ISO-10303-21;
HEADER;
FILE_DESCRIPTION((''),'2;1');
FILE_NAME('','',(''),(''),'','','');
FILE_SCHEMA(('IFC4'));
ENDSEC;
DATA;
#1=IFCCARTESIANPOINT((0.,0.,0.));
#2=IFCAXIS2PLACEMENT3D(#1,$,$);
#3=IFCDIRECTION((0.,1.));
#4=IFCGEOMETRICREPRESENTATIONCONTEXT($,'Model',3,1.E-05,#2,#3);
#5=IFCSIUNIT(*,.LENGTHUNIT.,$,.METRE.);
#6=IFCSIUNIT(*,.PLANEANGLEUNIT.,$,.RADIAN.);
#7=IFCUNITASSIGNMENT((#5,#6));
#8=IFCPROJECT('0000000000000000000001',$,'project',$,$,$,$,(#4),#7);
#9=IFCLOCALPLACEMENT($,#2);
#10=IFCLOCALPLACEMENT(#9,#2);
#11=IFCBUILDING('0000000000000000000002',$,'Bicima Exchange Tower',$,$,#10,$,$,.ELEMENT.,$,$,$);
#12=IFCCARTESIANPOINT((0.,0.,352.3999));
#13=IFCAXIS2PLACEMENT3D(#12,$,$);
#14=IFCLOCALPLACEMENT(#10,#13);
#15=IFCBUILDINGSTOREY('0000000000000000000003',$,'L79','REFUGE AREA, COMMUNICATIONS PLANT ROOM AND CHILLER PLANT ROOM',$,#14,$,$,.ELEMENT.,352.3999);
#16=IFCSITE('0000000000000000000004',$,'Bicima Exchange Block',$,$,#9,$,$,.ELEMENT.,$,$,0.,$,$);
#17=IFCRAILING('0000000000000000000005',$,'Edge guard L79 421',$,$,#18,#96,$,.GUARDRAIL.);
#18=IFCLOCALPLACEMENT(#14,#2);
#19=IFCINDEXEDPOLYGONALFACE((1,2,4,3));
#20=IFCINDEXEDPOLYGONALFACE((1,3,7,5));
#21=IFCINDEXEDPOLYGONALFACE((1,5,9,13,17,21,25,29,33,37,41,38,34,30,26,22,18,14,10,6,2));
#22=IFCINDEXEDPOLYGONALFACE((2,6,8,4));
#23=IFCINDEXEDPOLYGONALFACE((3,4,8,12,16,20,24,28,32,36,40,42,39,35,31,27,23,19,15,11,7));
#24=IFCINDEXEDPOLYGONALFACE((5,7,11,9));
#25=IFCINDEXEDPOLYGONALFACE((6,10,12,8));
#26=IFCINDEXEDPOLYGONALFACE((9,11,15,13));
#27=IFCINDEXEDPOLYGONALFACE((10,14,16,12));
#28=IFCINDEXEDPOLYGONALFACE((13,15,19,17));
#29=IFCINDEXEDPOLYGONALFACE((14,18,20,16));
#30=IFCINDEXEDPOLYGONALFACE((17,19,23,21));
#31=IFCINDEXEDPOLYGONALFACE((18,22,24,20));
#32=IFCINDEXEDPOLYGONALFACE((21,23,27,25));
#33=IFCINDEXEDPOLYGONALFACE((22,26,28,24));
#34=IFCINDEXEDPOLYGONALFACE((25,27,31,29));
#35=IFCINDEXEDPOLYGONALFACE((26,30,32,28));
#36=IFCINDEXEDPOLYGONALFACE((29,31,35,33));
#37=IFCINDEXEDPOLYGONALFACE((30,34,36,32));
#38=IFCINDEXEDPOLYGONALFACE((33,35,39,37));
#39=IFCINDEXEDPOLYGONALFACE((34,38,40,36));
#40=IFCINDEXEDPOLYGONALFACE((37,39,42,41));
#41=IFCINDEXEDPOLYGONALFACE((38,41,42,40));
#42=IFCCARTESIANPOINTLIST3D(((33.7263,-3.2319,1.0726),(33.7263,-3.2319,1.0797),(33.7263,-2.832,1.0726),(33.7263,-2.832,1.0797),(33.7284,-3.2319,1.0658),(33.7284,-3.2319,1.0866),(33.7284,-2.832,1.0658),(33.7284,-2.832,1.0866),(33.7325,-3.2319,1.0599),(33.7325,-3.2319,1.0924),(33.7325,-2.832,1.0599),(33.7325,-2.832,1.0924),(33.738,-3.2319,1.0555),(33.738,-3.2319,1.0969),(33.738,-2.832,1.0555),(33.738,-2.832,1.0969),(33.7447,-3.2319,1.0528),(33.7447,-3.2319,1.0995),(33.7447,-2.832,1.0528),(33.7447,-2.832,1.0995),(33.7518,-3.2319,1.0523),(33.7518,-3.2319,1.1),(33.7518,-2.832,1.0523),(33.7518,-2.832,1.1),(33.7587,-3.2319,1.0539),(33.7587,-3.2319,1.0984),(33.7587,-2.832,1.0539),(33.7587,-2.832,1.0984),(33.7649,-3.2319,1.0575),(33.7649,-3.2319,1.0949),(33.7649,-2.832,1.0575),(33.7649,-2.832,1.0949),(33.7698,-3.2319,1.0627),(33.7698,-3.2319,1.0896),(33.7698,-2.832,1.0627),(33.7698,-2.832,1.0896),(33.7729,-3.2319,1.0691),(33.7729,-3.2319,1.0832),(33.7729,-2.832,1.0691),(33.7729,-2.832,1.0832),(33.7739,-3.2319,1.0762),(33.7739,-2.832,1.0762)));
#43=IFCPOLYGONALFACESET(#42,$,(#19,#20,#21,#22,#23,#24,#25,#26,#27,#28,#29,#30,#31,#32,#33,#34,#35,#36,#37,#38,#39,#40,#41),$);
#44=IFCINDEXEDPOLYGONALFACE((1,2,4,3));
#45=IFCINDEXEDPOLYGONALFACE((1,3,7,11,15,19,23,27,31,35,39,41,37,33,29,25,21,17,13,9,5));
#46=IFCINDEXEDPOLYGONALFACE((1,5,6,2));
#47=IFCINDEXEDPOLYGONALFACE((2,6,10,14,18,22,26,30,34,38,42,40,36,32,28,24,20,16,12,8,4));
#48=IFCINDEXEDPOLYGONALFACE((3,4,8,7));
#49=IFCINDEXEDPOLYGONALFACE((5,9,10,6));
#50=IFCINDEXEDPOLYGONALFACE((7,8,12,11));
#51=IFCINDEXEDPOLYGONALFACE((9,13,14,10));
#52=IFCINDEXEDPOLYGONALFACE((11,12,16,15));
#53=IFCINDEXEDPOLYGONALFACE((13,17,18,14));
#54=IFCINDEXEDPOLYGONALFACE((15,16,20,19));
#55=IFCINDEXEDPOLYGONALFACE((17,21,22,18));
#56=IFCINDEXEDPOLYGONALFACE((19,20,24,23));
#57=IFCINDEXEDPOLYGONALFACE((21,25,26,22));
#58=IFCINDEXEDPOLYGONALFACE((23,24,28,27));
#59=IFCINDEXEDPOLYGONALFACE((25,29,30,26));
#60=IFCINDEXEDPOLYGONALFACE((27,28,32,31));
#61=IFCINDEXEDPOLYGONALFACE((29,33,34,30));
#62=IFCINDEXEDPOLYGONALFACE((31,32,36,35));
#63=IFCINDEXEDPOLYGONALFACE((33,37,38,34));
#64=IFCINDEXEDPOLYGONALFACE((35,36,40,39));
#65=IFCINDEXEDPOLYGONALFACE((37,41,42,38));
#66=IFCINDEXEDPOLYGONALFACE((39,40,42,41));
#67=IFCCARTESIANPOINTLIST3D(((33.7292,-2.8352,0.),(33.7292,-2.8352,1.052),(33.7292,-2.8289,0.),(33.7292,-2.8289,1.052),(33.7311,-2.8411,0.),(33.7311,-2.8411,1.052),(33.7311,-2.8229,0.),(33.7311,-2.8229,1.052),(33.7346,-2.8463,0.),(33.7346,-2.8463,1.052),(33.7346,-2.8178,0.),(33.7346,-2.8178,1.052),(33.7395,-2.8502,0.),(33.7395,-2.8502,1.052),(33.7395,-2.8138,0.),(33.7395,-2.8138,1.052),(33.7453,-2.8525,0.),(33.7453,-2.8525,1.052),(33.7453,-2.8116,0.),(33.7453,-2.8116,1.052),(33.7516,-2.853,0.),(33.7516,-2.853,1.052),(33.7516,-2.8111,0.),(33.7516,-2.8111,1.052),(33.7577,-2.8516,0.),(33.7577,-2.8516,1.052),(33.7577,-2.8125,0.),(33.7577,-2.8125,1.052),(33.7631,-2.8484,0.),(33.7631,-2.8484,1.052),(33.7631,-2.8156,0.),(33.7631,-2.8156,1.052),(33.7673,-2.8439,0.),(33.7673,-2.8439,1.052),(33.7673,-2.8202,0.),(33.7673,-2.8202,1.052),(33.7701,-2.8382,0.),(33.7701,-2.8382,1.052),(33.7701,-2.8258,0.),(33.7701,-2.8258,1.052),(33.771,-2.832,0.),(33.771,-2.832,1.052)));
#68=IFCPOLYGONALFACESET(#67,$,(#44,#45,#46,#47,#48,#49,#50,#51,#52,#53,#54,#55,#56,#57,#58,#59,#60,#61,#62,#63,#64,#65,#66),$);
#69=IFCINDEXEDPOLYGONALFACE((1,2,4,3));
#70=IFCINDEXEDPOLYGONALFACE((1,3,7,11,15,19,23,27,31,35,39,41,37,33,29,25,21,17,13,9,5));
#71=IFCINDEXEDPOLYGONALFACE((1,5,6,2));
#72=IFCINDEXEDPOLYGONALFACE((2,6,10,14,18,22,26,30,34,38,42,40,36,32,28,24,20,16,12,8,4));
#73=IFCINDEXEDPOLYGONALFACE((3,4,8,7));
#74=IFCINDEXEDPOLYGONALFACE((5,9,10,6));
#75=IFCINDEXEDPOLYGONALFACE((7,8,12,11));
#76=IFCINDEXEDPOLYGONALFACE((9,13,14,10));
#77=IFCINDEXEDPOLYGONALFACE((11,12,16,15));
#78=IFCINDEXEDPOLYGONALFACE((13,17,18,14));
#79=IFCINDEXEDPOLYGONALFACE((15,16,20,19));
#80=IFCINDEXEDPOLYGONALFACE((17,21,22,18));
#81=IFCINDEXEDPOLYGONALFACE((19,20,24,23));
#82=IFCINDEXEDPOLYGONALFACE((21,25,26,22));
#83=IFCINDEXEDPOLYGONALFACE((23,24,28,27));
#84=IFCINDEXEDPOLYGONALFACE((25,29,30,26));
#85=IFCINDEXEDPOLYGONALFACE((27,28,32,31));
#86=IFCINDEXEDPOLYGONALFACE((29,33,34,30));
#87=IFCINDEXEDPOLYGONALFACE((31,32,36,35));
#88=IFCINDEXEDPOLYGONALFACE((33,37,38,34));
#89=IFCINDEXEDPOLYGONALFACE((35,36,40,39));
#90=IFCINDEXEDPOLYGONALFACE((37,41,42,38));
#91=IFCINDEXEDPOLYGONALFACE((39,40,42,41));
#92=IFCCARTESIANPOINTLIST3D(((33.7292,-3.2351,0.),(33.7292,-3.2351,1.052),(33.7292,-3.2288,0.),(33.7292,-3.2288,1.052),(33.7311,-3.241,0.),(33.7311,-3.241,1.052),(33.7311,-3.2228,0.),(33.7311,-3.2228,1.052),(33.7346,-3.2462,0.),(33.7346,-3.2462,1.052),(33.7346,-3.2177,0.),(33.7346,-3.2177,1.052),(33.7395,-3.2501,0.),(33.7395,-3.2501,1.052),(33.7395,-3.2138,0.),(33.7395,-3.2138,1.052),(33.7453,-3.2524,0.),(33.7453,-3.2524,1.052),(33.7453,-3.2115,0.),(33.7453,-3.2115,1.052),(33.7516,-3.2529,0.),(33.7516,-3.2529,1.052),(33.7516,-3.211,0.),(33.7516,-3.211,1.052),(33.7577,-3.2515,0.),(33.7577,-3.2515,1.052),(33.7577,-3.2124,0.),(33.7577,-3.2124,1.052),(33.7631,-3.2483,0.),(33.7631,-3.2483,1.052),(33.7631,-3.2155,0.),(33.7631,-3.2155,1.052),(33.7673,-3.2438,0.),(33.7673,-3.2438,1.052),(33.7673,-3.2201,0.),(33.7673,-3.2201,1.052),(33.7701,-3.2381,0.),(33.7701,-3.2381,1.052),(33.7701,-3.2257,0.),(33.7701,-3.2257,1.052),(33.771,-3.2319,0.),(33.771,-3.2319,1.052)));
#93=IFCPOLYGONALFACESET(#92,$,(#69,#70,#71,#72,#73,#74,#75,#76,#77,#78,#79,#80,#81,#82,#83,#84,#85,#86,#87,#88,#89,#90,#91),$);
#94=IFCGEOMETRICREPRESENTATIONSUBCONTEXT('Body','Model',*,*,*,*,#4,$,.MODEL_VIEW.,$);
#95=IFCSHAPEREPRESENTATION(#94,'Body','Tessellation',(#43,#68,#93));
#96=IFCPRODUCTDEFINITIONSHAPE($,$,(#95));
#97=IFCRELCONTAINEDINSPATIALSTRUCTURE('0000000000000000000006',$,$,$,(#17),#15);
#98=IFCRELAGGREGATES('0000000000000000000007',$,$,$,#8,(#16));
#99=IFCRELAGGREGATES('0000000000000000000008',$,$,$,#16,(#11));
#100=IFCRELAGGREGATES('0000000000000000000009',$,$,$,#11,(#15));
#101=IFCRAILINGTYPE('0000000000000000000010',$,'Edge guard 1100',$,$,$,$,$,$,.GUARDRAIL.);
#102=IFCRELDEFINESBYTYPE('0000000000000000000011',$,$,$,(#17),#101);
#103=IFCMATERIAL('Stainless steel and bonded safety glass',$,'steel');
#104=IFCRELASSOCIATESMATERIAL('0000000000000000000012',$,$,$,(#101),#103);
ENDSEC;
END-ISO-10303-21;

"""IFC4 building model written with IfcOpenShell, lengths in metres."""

from ifc_helpers import new_model, si_unit, direction, frame, origin, origin_2d, place, context, subcontext, project, spatial, circle, extrude, material, type_object, element, save


model = new_model("IFC4")

# Units and contexts
model_context = context("Model", 3, precision=1e-05, world=origin(), true_north=direction((0.0, 1.0)))
body_context = subcontext(model_context, "Body", "Model", "MODEL_VIEW")
ifc_project = project(units=[si_unit("LENGTHUNIT", "METRE"), si_unit("PLANEANGLEUNIT", "RADIAN")], contexts=[model_context])

# Site, building, storey
site_placement = place(None, origin())
site = spatial("IfcSite", under=ifc_project, at=site_placement, Name="Bicima Exchange Block", CompositionType="ELEMENT", RefElevation=0.0)
building_placement = place(site_placement, origin())
building = spatial("IfcBuilding", under=site, at=building_placement, Name="Bicima Exchange Tower", CompositionType="ELEMENT")
storey_placement = place(building_placement, frame((0.0, 0.0, 352.3999)))
storey = spatial("IfcBuildingStorey", under=building, at=storey_placement, Name="L79", Description="REFUGE AREA, COMMUNICATIONS PLANT ROOM AND CHILLER PLANT ROOM", CompositionType="ELEMENT", Elevation=352.3999)

# Railing
ifc_material_1 = material(Name="Stainless steel and bonded safety glass", Category="steel")
railing_type = type_object("IfcRailingType", Name="Edge guard 1100", PredefinedType="GUARDRAIL", material=ifc_material_1)
railing_1_placement = place(storey_placement, frame((33.75, -2.832, 0.0)))
element("IfcRailing", 1, at=railing_1_placement, inside=storey, type_object=railing_type, Name="Edge guard L79 421", PredefinedType="GUARDRAIL", context=body_context, shape_type="SweptSolid", body=[
    extrude(circle(Radius=0.0239, at=origin_2d()), frame((0.0, 0.0, 1.0762), z_axis=(0.0, -1.0, 0.0), x_axis=(1.0, 0.0, 0.0)), (0.0, 0.0, 1.0), 0.3999),
    extrude(circle(Radius=0.021, at=origin_2d()), origin(), (0.0, 0.0, 1.0), 1.052),
    extrude(circle(Radius=0.021, at=origin_2d()), frame((0.0, -0.3999, 0.0)), (0.0, 0.0, 1.0), 1.052),
])

save(model, "model.ifc")
